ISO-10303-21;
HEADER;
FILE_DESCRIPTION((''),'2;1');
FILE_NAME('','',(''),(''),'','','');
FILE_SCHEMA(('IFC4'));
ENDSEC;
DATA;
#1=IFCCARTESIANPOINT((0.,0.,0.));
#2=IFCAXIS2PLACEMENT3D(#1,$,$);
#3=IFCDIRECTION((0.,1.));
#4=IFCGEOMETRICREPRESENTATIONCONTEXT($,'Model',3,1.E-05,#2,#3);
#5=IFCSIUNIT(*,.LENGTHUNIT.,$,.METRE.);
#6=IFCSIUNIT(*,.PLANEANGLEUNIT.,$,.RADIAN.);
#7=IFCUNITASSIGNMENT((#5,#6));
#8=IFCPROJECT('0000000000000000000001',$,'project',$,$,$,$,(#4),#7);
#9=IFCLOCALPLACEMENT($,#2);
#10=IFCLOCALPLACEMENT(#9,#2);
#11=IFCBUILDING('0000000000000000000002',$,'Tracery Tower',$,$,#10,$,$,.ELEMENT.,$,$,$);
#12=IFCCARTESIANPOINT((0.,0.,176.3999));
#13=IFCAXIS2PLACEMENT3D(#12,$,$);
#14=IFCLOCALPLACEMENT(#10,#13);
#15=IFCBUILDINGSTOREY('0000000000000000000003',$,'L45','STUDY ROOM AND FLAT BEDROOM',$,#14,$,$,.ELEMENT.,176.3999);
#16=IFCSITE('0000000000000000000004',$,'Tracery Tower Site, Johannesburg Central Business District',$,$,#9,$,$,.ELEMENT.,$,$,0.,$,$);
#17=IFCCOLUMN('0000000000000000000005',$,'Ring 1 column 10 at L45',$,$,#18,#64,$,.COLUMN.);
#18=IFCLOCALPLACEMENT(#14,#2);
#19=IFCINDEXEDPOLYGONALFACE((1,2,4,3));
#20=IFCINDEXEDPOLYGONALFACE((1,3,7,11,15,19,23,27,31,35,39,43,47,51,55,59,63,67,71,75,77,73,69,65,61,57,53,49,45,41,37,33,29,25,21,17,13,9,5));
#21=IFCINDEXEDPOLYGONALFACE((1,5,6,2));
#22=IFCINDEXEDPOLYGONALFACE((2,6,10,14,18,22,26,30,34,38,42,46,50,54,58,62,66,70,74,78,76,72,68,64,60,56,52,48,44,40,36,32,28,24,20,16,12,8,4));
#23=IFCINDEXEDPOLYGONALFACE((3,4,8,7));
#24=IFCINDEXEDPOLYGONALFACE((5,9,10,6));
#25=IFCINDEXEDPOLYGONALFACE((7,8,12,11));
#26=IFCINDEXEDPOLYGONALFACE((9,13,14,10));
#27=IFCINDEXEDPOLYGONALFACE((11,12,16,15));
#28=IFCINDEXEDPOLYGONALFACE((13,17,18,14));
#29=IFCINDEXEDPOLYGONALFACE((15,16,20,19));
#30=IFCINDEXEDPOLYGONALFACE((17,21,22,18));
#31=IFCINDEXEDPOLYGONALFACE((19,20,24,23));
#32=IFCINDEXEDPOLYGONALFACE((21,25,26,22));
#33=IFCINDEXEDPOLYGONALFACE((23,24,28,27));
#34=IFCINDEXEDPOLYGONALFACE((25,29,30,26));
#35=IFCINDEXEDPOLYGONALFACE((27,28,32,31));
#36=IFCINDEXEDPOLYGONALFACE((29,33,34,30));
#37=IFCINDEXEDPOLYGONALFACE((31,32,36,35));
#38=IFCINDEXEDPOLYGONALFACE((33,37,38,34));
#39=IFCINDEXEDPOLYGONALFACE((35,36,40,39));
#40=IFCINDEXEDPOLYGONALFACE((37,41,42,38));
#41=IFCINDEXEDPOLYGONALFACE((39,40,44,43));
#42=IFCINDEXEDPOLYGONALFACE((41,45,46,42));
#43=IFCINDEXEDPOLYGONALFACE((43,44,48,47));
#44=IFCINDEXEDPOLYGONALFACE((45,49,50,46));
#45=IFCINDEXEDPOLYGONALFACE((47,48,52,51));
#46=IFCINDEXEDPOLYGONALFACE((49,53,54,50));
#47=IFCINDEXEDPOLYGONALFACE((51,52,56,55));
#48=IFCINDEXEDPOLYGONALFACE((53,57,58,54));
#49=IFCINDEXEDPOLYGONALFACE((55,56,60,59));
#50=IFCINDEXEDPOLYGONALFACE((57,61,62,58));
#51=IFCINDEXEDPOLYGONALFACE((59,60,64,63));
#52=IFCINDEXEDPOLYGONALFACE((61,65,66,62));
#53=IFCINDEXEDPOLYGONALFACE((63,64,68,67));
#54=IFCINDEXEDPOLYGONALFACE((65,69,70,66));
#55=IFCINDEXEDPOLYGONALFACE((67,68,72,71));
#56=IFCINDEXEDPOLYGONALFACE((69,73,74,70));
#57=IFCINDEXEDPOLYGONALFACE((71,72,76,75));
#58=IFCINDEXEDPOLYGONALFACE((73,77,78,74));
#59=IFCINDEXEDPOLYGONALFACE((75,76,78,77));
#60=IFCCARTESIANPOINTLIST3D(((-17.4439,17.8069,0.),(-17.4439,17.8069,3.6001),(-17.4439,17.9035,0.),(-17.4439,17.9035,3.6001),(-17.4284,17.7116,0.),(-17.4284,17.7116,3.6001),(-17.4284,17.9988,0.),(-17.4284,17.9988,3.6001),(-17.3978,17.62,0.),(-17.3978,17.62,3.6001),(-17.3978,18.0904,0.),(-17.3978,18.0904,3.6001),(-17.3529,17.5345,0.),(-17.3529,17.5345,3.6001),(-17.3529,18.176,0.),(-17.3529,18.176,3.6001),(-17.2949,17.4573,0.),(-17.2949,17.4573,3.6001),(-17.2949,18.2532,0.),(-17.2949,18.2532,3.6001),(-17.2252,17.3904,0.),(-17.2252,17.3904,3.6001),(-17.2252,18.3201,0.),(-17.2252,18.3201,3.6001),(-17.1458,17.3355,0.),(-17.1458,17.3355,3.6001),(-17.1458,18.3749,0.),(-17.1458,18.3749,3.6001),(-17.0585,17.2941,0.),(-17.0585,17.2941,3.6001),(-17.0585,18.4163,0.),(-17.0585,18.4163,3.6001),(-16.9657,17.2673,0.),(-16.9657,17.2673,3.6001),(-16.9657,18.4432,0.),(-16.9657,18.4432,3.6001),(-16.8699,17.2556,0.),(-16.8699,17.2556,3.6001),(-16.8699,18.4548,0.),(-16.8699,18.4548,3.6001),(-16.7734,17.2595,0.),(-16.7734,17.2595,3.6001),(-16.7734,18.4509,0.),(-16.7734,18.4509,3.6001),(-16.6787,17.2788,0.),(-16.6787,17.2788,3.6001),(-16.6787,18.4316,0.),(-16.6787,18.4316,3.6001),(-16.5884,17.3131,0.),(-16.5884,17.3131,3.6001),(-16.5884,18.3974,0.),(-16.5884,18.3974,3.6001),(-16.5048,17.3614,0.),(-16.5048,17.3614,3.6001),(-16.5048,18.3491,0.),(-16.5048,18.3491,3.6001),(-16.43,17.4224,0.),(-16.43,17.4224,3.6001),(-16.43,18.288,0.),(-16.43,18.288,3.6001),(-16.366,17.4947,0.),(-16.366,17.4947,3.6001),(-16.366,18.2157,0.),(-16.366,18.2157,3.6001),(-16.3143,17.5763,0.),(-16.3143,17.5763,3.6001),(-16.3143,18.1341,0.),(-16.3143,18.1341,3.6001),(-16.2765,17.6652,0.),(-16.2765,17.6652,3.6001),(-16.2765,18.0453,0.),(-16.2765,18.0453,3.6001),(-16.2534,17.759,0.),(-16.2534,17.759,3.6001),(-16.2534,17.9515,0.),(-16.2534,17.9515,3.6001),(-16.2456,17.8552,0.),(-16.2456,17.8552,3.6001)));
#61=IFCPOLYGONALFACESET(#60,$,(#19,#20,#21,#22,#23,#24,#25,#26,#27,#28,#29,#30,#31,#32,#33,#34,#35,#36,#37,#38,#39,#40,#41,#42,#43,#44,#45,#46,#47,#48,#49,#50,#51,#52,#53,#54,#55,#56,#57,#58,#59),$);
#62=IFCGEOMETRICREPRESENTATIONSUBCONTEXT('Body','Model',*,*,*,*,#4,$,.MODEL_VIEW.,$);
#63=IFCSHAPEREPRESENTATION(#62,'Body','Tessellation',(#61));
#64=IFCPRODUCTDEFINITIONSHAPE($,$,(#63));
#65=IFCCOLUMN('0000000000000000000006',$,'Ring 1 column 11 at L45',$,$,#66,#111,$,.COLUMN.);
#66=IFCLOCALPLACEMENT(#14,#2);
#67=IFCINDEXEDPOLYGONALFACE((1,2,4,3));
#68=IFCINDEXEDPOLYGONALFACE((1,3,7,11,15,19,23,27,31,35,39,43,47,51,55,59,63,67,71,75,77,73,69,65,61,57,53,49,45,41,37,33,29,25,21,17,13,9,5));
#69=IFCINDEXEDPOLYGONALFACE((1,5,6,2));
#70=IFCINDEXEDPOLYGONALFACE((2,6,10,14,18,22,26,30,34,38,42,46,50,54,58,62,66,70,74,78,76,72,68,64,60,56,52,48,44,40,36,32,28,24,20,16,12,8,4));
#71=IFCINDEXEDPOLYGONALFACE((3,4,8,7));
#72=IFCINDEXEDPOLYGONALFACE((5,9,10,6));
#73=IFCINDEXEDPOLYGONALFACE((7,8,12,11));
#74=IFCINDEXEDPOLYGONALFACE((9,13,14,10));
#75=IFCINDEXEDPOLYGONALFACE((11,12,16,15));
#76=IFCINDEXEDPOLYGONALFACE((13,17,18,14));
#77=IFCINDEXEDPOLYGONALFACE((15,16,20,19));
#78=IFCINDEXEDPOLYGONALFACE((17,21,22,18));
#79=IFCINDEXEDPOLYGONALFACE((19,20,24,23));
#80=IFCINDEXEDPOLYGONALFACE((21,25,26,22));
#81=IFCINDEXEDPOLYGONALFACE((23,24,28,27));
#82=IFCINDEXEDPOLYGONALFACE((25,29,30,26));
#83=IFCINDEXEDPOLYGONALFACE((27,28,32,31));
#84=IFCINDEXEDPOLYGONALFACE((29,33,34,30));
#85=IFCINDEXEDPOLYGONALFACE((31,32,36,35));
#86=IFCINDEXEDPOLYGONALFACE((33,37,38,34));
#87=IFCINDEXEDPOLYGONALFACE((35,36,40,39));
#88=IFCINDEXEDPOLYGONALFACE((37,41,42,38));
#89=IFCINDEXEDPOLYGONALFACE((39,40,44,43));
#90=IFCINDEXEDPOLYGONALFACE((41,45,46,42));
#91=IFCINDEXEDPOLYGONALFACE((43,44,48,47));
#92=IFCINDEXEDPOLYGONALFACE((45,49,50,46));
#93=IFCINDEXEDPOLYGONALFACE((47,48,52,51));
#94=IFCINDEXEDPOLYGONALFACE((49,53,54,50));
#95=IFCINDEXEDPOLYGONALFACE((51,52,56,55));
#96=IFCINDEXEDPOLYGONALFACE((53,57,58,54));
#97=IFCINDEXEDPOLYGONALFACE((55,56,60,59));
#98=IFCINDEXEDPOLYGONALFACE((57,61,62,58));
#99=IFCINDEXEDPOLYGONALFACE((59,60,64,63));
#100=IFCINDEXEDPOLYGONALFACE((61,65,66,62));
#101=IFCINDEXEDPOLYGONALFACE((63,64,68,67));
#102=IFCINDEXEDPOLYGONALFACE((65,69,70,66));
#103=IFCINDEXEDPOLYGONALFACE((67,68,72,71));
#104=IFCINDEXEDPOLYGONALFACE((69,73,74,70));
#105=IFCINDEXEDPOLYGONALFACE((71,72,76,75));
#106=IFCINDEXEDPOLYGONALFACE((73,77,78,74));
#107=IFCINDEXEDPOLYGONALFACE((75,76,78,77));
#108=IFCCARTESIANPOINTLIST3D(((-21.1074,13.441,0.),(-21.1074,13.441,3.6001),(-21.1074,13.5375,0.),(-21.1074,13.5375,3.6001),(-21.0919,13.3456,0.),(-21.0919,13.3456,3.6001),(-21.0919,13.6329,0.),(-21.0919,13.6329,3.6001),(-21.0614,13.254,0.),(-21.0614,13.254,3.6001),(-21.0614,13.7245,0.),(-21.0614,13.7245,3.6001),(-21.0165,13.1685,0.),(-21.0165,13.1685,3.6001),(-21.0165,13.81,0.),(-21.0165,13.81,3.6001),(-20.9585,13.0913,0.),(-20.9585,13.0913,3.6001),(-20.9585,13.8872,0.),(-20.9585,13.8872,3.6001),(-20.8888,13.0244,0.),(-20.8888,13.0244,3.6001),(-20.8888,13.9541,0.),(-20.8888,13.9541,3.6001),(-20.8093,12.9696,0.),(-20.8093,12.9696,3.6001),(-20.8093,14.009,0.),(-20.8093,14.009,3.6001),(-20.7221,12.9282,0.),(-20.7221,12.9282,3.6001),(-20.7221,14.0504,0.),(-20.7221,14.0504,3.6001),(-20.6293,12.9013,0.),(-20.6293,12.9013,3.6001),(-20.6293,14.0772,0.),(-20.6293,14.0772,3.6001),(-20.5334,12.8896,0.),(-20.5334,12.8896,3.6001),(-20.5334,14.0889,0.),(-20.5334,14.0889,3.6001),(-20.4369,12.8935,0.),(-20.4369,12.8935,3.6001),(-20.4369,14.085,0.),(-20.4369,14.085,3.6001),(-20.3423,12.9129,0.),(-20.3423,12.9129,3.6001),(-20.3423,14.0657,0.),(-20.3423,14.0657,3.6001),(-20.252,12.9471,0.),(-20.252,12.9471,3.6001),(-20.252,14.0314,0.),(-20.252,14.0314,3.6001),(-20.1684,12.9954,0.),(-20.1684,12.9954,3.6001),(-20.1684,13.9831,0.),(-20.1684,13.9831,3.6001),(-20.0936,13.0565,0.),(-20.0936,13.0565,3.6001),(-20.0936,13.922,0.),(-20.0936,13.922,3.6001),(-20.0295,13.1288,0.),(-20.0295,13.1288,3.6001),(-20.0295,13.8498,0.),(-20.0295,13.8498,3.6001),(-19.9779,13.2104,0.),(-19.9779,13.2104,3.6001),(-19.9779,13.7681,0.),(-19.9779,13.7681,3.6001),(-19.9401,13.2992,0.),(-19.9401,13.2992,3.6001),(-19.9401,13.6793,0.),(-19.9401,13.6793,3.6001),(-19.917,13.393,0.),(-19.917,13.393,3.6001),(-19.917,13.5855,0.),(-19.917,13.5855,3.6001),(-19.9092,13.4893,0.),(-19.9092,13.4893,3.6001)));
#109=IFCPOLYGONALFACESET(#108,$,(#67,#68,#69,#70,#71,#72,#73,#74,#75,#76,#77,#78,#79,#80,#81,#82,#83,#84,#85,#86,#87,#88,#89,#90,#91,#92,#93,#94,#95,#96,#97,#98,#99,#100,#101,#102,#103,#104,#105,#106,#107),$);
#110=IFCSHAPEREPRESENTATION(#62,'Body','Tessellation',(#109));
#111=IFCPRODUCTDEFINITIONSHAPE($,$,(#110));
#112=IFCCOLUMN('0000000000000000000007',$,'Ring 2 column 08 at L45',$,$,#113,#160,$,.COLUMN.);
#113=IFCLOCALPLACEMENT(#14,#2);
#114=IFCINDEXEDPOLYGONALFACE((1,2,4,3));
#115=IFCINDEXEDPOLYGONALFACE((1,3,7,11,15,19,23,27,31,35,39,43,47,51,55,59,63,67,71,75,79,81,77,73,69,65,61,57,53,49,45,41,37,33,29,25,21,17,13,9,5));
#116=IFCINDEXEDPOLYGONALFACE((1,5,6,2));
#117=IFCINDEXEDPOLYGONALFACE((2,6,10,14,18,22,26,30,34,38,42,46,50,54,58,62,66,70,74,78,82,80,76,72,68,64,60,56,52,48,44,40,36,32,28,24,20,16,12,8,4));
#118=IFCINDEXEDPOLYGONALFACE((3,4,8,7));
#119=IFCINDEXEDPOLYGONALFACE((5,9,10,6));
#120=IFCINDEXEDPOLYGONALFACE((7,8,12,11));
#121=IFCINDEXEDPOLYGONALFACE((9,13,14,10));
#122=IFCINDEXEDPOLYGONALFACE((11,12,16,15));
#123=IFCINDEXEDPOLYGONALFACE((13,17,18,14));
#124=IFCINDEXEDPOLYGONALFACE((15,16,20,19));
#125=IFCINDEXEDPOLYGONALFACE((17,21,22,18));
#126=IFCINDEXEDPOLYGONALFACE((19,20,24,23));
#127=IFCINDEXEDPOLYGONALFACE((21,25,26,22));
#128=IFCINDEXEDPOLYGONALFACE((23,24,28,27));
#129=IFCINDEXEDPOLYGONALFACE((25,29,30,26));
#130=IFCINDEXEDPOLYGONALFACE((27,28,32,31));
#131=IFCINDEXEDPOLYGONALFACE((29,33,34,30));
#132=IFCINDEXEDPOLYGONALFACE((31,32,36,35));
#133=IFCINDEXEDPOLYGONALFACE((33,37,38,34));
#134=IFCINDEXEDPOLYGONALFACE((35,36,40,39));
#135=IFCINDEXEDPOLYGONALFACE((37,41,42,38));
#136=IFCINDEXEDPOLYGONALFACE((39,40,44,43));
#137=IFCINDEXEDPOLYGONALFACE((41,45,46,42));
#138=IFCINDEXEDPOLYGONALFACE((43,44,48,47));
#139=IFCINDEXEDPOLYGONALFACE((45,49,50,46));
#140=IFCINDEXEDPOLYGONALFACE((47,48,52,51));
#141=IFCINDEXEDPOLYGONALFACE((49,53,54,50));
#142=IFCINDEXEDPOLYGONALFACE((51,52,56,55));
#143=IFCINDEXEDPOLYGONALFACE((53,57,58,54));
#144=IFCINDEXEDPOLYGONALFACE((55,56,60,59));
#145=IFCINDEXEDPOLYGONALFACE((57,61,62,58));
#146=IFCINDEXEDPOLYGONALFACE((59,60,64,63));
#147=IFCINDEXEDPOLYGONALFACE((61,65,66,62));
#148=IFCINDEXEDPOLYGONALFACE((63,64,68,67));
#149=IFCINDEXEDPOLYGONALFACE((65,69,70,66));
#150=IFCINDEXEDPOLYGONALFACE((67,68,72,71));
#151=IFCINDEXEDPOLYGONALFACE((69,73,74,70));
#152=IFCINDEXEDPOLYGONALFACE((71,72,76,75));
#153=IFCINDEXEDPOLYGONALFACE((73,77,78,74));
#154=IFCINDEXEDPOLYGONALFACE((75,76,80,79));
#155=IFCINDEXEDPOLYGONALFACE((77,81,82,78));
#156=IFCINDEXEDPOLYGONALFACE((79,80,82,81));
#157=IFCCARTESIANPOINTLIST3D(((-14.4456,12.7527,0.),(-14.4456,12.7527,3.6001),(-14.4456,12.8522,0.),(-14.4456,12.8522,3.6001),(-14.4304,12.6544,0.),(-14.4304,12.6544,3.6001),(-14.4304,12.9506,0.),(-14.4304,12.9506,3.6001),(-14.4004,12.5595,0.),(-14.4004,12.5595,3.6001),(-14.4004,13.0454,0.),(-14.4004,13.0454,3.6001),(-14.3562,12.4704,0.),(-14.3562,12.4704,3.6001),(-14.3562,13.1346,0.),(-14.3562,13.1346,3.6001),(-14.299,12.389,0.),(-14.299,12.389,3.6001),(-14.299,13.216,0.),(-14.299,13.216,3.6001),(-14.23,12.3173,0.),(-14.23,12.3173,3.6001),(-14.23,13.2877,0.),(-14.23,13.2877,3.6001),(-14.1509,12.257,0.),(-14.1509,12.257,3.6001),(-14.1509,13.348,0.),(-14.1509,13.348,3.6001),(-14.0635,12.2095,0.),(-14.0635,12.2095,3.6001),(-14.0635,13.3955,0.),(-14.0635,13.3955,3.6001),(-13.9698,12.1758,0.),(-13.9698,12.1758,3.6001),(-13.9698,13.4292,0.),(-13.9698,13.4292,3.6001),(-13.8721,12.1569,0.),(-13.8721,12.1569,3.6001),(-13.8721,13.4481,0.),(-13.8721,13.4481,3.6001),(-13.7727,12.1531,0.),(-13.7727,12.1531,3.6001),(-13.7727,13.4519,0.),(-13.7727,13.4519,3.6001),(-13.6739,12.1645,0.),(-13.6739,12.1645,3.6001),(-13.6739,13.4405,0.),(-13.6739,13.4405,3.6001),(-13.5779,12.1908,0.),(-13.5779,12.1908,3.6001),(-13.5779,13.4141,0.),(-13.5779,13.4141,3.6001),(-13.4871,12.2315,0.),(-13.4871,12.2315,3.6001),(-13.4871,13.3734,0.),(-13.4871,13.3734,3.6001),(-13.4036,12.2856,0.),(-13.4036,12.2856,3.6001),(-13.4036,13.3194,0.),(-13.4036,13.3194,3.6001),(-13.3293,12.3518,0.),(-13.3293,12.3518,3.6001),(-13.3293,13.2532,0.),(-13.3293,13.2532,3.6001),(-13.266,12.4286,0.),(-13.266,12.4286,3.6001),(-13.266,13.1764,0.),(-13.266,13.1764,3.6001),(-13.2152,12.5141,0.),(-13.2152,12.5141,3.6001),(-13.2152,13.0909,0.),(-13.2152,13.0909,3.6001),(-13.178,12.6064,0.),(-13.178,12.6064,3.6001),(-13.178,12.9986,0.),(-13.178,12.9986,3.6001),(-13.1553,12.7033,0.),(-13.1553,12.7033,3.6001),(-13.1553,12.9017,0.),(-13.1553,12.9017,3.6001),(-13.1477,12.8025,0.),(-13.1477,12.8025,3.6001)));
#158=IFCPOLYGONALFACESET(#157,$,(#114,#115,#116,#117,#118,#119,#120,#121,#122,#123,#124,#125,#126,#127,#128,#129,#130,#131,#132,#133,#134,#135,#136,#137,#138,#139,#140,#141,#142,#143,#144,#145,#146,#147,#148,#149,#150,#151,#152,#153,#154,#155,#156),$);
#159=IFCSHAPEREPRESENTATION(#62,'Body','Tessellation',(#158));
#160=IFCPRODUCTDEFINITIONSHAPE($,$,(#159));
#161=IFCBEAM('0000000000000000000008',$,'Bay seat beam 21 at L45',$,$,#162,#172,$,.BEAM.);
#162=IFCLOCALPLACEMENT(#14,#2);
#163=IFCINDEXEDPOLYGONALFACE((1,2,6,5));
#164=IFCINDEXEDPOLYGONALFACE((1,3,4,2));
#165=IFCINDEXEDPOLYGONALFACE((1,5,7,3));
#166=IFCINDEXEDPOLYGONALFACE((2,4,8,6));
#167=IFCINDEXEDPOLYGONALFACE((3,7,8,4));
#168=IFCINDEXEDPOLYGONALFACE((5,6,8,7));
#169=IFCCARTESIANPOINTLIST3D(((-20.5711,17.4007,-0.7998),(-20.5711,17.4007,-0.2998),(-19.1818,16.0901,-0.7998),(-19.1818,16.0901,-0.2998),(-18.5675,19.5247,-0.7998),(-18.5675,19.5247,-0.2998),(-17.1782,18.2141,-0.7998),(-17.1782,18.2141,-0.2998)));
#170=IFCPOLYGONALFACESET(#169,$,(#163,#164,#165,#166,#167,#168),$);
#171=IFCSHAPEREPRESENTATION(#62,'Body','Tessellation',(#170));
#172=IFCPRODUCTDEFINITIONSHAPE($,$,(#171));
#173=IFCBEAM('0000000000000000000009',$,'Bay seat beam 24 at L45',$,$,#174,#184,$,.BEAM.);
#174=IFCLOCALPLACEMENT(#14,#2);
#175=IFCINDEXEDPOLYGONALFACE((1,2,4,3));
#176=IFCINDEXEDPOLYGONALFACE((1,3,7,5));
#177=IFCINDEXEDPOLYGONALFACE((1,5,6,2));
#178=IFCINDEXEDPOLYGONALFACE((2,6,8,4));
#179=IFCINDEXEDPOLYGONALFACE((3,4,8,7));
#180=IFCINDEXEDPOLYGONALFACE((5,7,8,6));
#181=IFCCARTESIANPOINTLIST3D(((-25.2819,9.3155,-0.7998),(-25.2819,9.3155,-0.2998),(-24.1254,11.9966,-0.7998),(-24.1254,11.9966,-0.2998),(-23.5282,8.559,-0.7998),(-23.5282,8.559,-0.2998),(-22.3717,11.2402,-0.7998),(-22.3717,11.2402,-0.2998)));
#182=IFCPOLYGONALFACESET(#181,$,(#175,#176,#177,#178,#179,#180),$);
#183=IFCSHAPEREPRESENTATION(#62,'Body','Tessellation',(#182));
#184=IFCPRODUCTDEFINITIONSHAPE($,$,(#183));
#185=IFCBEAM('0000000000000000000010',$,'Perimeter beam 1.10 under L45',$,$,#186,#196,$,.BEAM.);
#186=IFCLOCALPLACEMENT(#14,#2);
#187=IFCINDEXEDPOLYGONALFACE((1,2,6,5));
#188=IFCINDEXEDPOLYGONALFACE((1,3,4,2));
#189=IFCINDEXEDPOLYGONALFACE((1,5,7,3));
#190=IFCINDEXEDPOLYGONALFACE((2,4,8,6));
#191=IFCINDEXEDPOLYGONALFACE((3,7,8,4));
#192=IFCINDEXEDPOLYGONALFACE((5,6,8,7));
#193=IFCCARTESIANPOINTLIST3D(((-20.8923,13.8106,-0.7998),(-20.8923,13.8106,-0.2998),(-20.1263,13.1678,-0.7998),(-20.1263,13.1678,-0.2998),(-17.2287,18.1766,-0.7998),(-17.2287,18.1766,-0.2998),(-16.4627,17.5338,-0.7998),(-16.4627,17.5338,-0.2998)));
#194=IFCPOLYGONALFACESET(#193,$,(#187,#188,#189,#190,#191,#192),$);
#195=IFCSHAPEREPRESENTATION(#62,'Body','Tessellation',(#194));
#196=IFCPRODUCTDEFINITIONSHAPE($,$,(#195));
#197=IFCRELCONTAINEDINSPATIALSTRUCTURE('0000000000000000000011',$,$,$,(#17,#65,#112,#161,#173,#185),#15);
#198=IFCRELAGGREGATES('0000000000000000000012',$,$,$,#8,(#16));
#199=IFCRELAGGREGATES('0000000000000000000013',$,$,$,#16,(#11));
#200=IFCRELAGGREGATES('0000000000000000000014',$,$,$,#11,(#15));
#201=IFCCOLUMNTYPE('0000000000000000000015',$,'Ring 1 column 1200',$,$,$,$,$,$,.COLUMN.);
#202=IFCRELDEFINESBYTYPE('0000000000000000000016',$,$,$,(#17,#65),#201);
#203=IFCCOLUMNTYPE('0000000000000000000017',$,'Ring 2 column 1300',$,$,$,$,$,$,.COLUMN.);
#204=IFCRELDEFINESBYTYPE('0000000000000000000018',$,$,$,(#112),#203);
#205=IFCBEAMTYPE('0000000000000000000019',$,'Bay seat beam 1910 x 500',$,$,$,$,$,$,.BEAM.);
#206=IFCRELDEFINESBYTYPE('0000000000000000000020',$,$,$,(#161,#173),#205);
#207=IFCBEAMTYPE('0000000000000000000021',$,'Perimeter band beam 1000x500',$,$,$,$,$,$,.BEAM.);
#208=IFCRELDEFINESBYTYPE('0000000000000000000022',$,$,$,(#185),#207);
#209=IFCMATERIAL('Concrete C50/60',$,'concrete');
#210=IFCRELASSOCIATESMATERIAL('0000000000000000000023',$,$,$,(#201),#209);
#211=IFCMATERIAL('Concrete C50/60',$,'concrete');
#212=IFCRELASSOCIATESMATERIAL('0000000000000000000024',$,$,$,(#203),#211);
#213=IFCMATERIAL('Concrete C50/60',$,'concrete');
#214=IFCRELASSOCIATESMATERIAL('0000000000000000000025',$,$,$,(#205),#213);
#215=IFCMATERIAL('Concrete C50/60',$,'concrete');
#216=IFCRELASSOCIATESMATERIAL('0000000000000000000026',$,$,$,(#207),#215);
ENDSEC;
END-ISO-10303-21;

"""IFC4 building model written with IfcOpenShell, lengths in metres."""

from ifc_helpers import new_model, si_unit, direction, frame, origin, origin_2d, place, context, subcontext, project, spatial, rectangle, circle, extrude, material, material_profile, profile_set, type_object, element, save


model = new_model("IFC4")

# Units and contexts
model_context = context("Model", 3, precision=1e-05, world=origin(), true_north=direction((0.0, 1.0)))
body_context = subcontext(model_context, "Body", "Model", "MODEL_VIEW")
ifc_project = project(units=[si_unit("LENGTHUNIT", "METRE"), si_unit("PLANEANGLEUNIT", "RADIAN")], contexts=[model_context])

# Site, building, storey
site_placement = place(None, origin())
site = spatial("IfcSite", under=ifc_project, at=site_placement, Name="Tracery Tower Site, Johannesburg Central Business District", CompositionType="ELEMENT", RefElevation=0.0)
building_placement = place(site_placement, origin())
building = spatial("IfcBuilding", under=site, at=building_placement, Name="Tracery Tower", CompositionType="ELEMENT")
storey_placement = place(building_placement, frame((0.0, 0.0, 176.3999)))
storey = spatial("IfcBuildingStorey", under=building, at=storey_placement, Name="L45", Description="STUDY ROOM AND FLAT BEDROOM", CompositionType="ELEMENT", Elevation=176.3999)

# Columns
ifc_material_1 = material(Name="Concrete C50/60", Category="concrete")
ifc_material_profile_1 = material_profile(ifc_material_1, circle(Radius=0.6001, at=origin_2d()), Name="RC D1200")
ifc_profile_set_1 = profile_set([ifc_material_profile_1], Name="Concrete C50/60")
column_type_1 = type_object("IfcColumnType", Name="Ring 1 column 1200", PredefinedType="COLUMN", material=ifc_profile_set_1)
for number, where, z_axis, x_axis, name in (
    (1, (-16.8457, 17.8552, 0.0), (0.0, 0.0, 1.0), (1.0, 0.0, 0.0), "Ring 1 column 10 at L45"),
    (2, (-20.5093, 13.4893, 0.0), (0.0, 0.0, 1.0), (1.0, 0.0, 0.0), "Ring 1 column 11 at L45"),
):
    element("IfcColumn", number, at=place(storey_placement, frame(where, z_axis=z_axis, x_axis=x_axis)), inside=storey, type_object=column_type_1, Name=name, PredefinedType="COLUMN", context=body_context, shape_type="SweptSolid", body=[
        extrude(circle(Radius=0.6001, at=origin_2d()), origin(), (0.0, 0.0, 1.0), 3.6001),
    ])
ifc_material_2 = material(Name="Concrete C50/60", Category="concrete")
ifc_material_profile_2 = material_profile(ifc_material_2, circle(Radius=0.6499, at=origin_2d()), Name="RC D1300")
ifc_profile_set_2 = profile_set([ifc_material_profile_2], Name="Concrete C50/60")
column_type_2 = type_object("IfcColumnType", Name="Ring 2 column 1300", PredefinedType="COLUMN", material=ifc_profile_set_2)
column_placement = place(storey_placement, frame((-13.7976, 12.8025, 0.0), z_axis=(0.0, 0.0, 1.0), x_axis=(1.0, 0.0, 0.0)))
element("IfcColumn", 3, at=column_placement, inside=storey, type_object=column_type_2, Name="Ring 2 column 08 at L45", PredefinedType="COLUMN", context=body_context, shape_type="SweptSolid", body=[
    extrude(circle(Radius=0.6499, at=origin_2d()), origin(), (0.0, 0.0, 1.0), 3.6001),
])

# Beams
ifc_material_3 = material(Name="Concrete C50/60", Category="concrete")
ifc_material_profile_3 = material_profile(ifc_material_3, rectangle(XDim=1.9099, YDim=0.5, at=origin_2d()), Name="RC 1910x500")
ifc_profile_set_3 = profile_set([ifc_material_profile_3], Name="Concrete C50/60")
beam_type_1 = type_object("IfcBeamType", Name="Bay seat beam 1910 x 500", PredefinedType="BEAM", material=ifc_profile_set_3)
for number, where, z_axis, x_axis, name in (
    (4, (-17.8728, 18.8694, -0.5498), (-0.686196, -0.727416, 0.0), (0.727416, -0.686196, 0.0), "Bay seat beam 21 at L45"),
    (5, (-23.2485, 11.6184, -0.5498), (-0.396068, -0.918221, 0.0), (0.918221, -0.396068, 0.0), "Bay seat beam 24 at L45"),
):
    element("IfcBeam", number, at=place(storey_placement, frame(where, z_axis=z_axis, x_axis=x_axis)), inside=storey, type_object=beam_type_1, Name=name, PredefinedType="BEAM", context=body_context, shape_type="SweptSolid", body=[
        extrude(rectangle(XDim=1.9099, YDim=0.5, at=origin_2d()), origin(), (0.0, 0.0, 1.0), 2.9199),
    ])
ifc_material_4 = material(Name="Concrete C50/60", Category="concrete")
ifc_material_profile_4 = material_profile(ifc_material_4, rectangle(XDim=1.0, YDim=0.5, at=origin_2d()), Name="RC 1000x500")
ifc_profile_set_4 = profile_set([ifc_material_profile_4], Name="Concrete C50/60")
beam_type_2 = type_object("IfcBeamType", Name="Perimeter band beam 1000x500", PredefinedType="BEAM", material=ifc_profile_set_4)
beam_1_placement = place(storey_placement, frame((-16.8457, 17.8552, -0.5498), z_axis=(-0.642797, -0.766036, 0.0), x_axis=(0.766036, -0.642797, 0.0)))
element("IfcBeam", 6, at=beam_1_placement, inside=storey, type_object=beam_type_2, Name="Perimeter beam 1.10 under L45", PredefinedType="BEAM", context=body_context, shape_type="SweptSolid", body=[
    extrude(rectangle(XDim=1.0, YDim=0.5, at=origin_2d()), origin(), (0.0, 0.0, 1.0), 5.6995),
])

save(model, "model.ifc")
